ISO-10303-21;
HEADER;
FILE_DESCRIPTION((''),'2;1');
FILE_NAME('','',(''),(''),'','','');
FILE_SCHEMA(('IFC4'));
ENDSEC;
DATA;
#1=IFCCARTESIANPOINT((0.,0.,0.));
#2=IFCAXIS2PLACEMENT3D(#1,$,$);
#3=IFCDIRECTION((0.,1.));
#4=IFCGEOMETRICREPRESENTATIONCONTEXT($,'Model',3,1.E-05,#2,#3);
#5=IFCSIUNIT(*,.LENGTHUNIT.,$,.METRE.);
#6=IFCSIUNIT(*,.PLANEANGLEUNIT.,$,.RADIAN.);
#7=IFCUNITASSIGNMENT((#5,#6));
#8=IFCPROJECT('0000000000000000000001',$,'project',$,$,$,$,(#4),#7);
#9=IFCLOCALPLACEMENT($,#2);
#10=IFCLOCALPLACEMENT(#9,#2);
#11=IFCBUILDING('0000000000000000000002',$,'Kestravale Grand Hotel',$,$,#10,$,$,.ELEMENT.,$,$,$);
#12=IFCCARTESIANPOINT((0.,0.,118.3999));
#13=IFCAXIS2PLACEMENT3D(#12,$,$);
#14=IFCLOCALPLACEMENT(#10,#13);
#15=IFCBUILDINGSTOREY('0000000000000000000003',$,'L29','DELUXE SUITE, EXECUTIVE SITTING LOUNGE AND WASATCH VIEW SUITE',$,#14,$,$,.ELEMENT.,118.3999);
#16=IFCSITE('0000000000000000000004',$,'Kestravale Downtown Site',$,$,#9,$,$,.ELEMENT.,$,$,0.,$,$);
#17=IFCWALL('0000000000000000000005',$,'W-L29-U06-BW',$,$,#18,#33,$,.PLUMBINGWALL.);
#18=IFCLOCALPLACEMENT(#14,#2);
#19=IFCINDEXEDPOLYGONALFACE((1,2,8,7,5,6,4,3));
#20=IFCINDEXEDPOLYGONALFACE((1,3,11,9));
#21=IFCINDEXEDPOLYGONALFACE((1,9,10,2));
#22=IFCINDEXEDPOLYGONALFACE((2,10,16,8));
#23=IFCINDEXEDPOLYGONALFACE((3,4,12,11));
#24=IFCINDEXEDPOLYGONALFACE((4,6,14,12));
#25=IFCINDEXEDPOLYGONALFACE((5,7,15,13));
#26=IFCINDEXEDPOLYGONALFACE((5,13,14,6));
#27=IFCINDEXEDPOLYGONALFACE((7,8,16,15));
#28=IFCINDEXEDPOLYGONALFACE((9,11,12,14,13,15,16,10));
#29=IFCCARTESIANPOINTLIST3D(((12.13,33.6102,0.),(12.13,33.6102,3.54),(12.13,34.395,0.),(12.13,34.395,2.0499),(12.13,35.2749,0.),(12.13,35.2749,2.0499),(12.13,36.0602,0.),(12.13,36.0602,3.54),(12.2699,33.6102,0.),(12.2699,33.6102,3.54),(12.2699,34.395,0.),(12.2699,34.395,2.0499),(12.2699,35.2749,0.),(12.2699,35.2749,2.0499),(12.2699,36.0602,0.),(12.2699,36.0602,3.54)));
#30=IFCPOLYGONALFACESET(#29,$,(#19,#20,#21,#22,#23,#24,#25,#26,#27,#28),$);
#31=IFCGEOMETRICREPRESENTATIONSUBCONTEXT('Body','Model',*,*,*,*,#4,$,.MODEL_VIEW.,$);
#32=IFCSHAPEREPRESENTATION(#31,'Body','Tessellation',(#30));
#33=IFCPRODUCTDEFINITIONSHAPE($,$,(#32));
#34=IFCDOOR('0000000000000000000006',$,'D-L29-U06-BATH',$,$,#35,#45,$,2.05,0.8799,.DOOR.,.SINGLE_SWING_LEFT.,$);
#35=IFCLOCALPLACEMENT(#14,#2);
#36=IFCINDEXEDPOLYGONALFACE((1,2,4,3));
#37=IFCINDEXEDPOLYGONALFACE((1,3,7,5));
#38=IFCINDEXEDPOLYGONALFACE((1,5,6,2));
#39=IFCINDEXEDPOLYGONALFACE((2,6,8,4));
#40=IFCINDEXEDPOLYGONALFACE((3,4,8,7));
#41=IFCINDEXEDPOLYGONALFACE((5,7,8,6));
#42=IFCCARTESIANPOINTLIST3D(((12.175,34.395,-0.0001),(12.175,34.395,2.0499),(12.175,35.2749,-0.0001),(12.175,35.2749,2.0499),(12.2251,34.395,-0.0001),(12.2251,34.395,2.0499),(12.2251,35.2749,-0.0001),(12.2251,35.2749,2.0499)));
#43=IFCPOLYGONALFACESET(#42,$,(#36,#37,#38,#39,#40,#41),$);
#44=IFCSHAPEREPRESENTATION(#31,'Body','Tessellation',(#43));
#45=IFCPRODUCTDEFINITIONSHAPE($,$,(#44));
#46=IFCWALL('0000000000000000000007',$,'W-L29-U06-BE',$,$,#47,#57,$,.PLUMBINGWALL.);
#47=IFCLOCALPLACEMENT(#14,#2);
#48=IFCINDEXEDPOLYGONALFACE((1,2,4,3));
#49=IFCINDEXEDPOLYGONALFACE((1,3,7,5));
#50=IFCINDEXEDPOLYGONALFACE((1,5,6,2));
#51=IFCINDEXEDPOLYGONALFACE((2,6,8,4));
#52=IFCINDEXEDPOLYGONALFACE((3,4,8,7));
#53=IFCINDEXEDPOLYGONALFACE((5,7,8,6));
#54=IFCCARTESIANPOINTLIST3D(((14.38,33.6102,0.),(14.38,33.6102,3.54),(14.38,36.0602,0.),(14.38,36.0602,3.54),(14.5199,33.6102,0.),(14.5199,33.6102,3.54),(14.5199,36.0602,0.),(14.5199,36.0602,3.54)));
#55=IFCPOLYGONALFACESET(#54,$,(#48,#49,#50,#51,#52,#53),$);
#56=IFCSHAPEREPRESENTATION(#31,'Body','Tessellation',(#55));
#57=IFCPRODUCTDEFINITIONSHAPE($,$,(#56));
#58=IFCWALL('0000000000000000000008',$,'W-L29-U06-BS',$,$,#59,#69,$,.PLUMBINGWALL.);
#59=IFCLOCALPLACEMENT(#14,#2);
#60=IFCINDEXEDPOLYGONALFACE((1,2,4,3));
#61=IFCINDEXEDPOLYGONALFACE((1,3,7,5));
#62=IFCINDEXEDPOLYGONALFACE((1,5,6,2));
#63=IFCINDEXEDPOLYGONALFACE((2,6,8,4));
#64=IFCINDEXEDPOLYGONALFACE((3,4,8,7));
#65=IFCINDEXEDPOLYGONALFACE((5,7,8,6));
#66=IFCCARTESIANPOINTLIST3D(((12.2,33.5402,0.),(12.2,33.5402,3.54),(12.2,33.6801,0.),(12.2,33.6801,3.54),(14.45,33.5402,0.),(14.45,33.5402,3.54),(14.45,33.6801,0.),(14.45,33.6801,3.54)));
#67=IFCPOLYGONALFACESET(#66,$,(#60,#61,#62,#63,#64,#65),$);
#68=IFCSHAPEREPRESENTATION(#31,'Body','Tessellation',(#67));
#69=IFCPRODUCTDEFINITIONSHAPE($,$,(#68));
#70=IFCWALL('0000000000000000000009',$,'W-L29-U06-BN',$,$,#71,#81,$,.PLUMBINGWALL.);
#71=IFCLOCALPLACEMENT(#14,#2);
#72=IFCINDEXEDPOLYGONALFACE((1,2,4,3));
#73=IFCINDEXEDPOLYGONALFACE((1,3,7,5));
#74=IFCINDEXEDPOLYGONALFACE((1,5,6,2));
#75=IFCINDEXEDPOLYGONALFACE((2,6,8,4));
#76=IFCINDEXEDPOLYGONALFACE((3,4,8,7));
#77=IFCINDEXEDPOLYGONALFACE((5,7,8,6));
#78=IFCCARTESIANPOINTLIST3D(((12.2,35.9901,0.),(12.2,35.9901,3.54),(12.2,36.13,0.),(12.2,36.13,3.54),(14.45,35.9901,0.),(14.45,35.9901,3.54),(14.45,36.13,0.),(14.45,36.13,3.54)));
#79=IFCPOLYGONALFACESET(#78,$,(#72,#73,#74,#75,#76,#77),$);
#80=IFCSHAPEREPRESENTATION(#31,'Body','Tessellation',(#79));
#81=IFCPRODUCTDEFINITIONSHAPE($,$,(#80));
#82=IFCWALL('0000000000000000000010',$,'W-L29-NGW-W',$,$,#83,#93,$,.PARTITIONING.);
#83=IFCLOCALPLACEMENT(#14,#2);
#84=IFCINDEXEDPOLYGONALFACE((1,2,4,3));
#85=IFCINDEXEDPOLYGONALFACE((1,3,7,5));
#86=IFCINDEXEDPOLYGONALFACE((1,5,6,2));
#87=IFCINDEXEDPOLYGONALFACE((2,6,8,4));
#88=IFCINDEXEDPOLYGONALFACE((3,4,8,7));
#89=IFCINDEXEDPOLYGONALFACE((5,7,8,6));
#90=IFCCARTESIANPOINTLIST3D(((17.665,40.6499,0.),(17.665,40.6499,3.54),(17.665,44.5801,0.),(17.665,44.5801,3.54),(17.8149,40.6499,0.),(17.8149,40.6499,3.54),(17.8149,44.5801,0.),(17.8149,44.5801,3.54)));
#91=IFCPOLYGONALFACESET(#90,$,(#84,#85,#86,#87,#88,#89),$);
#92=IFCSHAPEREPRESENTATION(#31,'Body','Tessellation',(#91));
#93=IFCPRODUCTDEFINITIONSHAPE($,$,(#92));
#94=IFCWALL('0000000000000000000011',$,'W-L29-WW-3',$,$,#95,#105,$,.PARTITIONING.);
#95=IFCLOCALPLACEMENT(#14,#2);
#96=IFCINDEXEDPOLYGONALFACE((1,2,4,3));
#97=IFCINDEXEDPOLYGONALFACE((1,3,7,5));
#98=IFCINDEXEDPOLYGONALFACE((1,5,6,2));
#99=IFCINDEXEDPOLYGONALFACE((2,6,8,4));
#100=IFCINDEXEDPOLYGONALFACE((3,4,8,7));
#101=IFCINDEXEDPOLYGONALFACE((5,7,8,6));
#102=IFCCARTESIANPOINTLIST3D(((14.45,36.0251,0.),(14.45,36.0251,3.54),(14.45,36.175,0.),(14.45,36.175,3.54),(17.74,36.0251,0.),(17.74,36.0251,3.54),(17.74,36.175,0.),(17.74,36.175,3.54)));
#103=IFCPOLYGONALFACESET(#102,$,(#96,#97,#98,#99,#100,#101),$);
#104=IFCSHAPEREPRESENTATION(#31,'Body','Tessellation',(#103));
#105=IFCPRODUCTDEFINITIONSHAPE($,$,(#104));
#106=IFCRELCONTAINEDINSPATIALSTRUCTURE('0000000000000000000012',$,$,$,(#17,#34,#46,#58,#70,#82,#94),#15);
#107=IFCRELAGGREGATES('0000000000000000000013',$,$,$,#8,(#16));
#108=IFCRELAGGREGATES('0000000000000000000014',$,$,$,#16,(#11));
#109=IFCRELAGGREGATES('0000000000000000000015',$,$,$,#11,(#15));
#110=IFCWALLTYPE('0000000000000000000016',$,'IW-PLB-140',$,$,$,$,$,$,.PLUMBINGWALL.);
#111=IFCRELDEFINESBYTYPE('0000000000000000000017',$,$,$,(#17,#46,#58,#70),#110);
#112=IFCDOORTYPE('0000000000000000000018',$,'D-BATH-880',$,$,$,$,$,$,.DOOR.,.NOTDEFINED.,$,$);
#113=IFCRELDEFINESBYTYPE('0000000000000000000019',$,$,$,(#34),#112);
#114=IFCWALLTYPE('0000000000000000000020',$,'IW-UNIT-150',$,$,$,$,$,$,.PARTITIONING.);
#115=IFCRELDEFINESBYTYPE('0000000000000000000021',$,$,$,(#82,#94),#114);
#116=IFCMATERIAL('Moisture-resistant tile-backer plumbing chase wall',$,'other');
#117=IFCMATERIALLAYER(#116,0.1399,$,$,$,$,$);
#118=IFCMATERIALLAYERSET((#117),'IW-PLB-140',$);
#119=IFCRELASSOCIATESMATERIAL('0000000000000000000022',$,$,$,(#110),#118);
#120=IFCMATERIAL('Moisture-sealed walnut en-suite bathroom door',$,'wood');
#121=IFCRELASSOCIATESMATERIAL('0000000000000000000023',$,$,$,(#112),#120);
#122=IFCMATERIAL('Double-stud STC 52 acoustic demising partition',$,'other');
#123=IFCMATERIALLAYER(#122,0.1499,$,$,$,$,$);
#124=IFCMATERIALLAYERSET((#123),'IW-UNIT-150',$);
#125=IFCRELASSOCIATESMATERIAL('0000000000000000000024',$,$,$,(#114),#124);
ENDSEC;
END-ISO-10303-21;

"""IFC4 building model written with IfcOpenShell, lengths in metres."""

from ifc_helpers import new_model, si_unit, direction, frame, frame_2d, origin, place, context, subcontext, project, spatial, rectangle, extrude, material, layer, layer_set, type_object, element, fill, save


model = new_model("IFC4")

# Units and contexts
model_context = context("Model", 3, precision=1e-05, world=origin(), true_north=direction((0.0, 1.0)))
body_context = subcontext(model_context, "Body", "Model", "MODEL_VIEW")
ifc_project = project(units=[si_unit("LENGTHUNIT", "METRE"), si_unit("PLANEANGLEUNIT", "RADIAN")], contexts=[model_context])

# Site, building, storey
site_placement = place(None, origin())
site = spatial("IfcSite", under=ifc_project, at=site_placement, Name="Kestravale Downtown Site", CompositionType="ELEMENT", RefElevation=0.0)
building_placement = place(site_placement, origin())
building = spatial("IfcBuilding", under=site, at=building_placement, Name="Kestravale Grand Hotel", CompositionType="ELEMENT")
storey_placement = place(building_placement, frame((0.0, 0.0, 118.3999)))
storey = spatial("IfcBuildingStorey", under=building, at=storey_placement, Name="L29", Description="DELUXE SUITE, EXECUTIVE SITTING LOUNGE AND WASATCH VIEW SUITE", CompositionType="ELEMENT", Elevation=118.3999)

# Wall, opening, door
ifc_material_1 = material(Name="Moisture-resistant tile-backer plumbing chase wall", Category="other")
ifc_layer_1 = layer(ifc_material_1, 0.1399)
ifc_layer_set_1 = layer_set([ifc_layer_1], Name="IW-PLB-140")
wall_type_1 = type_object("IfcWallType", Name="IW-PLB-140", PredefinedType="PLUMBINGWALL", material=ifc_layer_set_1)
wall_1_placement = place(storey_placement, frame((12.2, 33.6101, 0.0), z_axis=(0.0, 0.0, 1.0), x_axis=(0.0, 1.0, 0.0)))
wall_1 = element("IfcWall", 1, at=wall_1_placement, inside=storey, type_object=wall_type_1, Name="W-L29-U06-BW", PredefinedType="PLUMBINGWALL", context=body_context, shape_type="SweptSolid", body=[
    extrude(rectangle(XDim=2.45, YDim=0.1399, at=frame_2d((1.2251, 0.0))), origin(), (0.0, 0.0, 1.0), 3.54),
])
opening_1_placement = place(wall_1_placement, frame((0.7849, 0.0, 0.0)))
opening_1 = element("IfcOpeningElement", 2, at=opening_1_placement, cuts=wall_1, PredefinedType="OPENING", context=body_context, shape_type="SweptSolid", body=[
    extrude(rectangle(XDim=0.8799, YDim=2.05, at=frame_2d((0.4399, 1.0249))), frame((0.0, 0.0798, 0.0), z_axis=(0.0, -1.0, 0.0), x_axis=(1.0, 0.0, 0.0)), (0.0, 0.0, 1.0), 0.1599),
])
ifc_material_2 = material(Name="Moisture-sealed walnut en-suite bathroom door", Category="wood")
door_type_1 = type_object("IfcDoorType", Name="D-BATH-880", OperationType="NOTDEFINED", PredefinedType="DOOR", material=ifc_material_2)
door_1_placement = place(opening_1_placement, origin())
door_1 = element("IfcDoor", 3, at=door_1_placement, inside=storey, type_object=door_type_1, Name="D-L29-U06-BATH", OperationType="SINGLE_SWING_LEFT", OverallHeight=2.05, OverallWidth=0.8799, PredefinedType="DOOR", context=body_context, shape_type="SweptSolid", body=[
    extrude(rectangle(XDim=0.8799, YDim=2.05, at=frame_2d((0.4399, 1.0249))), frame((0.0, 0.0249, 0.0), z_axis=(0.0, -1.0, 0.0), x_axis=(1.0, 0.0, 0.0)), (0.0, 0.0, 1.0), 0.05),
])
fill(opening_1, door_1)

# Walls
wall_2_placement = place(storey_placement, frame((14.45, 33.6101, 0.0), z_axis=(0.0, 0.0, 1.0), x_axis=(0.0, 1.0, 0.0)))
element("IfcWall", 4, at=wall_2_placement, inside=storey, type_object=wall_type_1, Name="W-L29-U06-BE", PredefinedType="PLUMBINGWALL", context=body_context, shape_type="SweptSolid", body=[
    extrude(rectangle(XDim=2.45, YDim=0.1399, at=frame_2d((1.2251, 0.0))), origin(), (0.0, 0.0, 1.0), 3.54),
])
for number, where, z_axis, x_axis, name in (
    (5, (12.2, 33.6101, 0.0), (0.0, 0.0, 1.0), (1.0, 0.0, 0.0), "W-L29-U06-BS"),
    (6, (12.2, 36.0601, 0.0), (0.0, 0.0, 1.0), (1.0, 0.0, 0.0), "W-L29-U06-BN"),
):
    element("IfcWall", number, at=place(storey_placement, frame(where, z_axis=z_axis, x_axis=x_axis)), inside=storey, type_object=wall_type_1, Name=name, PredefinedType="PLUMBINGWALL", context=body_context, shape_type="SweptSolid", body=[
        extrude(rectangle(XDim=2.25, YDim=0.1399, at=frame_2d((1.125, 0.0))), origin(), (0.0, 0.0, 1.0), 3.54),
    ])

# Shared definitions
ifc_material_3 = material(Name="Double-stud STC 52 acoustic demising partition", Category="other")
ifc_layer_2 = layer(ifc_material_3, 0.1499)
ifc_layer_set_2 = layer_set([ifc_layer_2], Name="IW-UNIT-150")
wall_type_2 = type_object("IfcWallType", Name="IW-UNIT-150", PredefinedType="PARTITIONING", material=ifc_layer_set_2)

# Walls
wall_3_placement = place(storey_placement, frame((17.74, 40.6499, 0.0), z_axis=(0.0, 0.0, 1.0), x_axis=(0.0, 1.0, 0.0)))
element("IfcWall", 7, at=wall_3_placement, inside=storey, type_object=wall_type_2, Name="W-L29-NGW-W", PredefinedType="PARTITIONING", context=body_context, shape_type="SweptSolid", body=[
    extrude(rectangle(XDim=3.9302, YDim=0.1499, at=frame_2d((1.9651, 0.0))), origin(), (0.0, 0.0, 1.0), 3.54),
])
wall_4_placement = place(storey_placement, frame((14.45, 36.1001, 0.0), z_axis=(0.0, 0.0, 1.0), x_axis=(1.0, 0.0, 0.0)))
element("IfcWall", 8, at=wall_4_placement, inside=storey, type_object=wall_type_2, Name="W-L29-WW-3", PredefinedType="PARTITIONING", context=body_context, shape_type="SweptSolid", body=[
    extrude(rectangle(XDim=3.29, YDim=0.1499, at=frame_2d((1.645, 0.0))), origin(), (0.0, 0.0, 1.0), 3.54),
])

save(model, "model.ifc")
